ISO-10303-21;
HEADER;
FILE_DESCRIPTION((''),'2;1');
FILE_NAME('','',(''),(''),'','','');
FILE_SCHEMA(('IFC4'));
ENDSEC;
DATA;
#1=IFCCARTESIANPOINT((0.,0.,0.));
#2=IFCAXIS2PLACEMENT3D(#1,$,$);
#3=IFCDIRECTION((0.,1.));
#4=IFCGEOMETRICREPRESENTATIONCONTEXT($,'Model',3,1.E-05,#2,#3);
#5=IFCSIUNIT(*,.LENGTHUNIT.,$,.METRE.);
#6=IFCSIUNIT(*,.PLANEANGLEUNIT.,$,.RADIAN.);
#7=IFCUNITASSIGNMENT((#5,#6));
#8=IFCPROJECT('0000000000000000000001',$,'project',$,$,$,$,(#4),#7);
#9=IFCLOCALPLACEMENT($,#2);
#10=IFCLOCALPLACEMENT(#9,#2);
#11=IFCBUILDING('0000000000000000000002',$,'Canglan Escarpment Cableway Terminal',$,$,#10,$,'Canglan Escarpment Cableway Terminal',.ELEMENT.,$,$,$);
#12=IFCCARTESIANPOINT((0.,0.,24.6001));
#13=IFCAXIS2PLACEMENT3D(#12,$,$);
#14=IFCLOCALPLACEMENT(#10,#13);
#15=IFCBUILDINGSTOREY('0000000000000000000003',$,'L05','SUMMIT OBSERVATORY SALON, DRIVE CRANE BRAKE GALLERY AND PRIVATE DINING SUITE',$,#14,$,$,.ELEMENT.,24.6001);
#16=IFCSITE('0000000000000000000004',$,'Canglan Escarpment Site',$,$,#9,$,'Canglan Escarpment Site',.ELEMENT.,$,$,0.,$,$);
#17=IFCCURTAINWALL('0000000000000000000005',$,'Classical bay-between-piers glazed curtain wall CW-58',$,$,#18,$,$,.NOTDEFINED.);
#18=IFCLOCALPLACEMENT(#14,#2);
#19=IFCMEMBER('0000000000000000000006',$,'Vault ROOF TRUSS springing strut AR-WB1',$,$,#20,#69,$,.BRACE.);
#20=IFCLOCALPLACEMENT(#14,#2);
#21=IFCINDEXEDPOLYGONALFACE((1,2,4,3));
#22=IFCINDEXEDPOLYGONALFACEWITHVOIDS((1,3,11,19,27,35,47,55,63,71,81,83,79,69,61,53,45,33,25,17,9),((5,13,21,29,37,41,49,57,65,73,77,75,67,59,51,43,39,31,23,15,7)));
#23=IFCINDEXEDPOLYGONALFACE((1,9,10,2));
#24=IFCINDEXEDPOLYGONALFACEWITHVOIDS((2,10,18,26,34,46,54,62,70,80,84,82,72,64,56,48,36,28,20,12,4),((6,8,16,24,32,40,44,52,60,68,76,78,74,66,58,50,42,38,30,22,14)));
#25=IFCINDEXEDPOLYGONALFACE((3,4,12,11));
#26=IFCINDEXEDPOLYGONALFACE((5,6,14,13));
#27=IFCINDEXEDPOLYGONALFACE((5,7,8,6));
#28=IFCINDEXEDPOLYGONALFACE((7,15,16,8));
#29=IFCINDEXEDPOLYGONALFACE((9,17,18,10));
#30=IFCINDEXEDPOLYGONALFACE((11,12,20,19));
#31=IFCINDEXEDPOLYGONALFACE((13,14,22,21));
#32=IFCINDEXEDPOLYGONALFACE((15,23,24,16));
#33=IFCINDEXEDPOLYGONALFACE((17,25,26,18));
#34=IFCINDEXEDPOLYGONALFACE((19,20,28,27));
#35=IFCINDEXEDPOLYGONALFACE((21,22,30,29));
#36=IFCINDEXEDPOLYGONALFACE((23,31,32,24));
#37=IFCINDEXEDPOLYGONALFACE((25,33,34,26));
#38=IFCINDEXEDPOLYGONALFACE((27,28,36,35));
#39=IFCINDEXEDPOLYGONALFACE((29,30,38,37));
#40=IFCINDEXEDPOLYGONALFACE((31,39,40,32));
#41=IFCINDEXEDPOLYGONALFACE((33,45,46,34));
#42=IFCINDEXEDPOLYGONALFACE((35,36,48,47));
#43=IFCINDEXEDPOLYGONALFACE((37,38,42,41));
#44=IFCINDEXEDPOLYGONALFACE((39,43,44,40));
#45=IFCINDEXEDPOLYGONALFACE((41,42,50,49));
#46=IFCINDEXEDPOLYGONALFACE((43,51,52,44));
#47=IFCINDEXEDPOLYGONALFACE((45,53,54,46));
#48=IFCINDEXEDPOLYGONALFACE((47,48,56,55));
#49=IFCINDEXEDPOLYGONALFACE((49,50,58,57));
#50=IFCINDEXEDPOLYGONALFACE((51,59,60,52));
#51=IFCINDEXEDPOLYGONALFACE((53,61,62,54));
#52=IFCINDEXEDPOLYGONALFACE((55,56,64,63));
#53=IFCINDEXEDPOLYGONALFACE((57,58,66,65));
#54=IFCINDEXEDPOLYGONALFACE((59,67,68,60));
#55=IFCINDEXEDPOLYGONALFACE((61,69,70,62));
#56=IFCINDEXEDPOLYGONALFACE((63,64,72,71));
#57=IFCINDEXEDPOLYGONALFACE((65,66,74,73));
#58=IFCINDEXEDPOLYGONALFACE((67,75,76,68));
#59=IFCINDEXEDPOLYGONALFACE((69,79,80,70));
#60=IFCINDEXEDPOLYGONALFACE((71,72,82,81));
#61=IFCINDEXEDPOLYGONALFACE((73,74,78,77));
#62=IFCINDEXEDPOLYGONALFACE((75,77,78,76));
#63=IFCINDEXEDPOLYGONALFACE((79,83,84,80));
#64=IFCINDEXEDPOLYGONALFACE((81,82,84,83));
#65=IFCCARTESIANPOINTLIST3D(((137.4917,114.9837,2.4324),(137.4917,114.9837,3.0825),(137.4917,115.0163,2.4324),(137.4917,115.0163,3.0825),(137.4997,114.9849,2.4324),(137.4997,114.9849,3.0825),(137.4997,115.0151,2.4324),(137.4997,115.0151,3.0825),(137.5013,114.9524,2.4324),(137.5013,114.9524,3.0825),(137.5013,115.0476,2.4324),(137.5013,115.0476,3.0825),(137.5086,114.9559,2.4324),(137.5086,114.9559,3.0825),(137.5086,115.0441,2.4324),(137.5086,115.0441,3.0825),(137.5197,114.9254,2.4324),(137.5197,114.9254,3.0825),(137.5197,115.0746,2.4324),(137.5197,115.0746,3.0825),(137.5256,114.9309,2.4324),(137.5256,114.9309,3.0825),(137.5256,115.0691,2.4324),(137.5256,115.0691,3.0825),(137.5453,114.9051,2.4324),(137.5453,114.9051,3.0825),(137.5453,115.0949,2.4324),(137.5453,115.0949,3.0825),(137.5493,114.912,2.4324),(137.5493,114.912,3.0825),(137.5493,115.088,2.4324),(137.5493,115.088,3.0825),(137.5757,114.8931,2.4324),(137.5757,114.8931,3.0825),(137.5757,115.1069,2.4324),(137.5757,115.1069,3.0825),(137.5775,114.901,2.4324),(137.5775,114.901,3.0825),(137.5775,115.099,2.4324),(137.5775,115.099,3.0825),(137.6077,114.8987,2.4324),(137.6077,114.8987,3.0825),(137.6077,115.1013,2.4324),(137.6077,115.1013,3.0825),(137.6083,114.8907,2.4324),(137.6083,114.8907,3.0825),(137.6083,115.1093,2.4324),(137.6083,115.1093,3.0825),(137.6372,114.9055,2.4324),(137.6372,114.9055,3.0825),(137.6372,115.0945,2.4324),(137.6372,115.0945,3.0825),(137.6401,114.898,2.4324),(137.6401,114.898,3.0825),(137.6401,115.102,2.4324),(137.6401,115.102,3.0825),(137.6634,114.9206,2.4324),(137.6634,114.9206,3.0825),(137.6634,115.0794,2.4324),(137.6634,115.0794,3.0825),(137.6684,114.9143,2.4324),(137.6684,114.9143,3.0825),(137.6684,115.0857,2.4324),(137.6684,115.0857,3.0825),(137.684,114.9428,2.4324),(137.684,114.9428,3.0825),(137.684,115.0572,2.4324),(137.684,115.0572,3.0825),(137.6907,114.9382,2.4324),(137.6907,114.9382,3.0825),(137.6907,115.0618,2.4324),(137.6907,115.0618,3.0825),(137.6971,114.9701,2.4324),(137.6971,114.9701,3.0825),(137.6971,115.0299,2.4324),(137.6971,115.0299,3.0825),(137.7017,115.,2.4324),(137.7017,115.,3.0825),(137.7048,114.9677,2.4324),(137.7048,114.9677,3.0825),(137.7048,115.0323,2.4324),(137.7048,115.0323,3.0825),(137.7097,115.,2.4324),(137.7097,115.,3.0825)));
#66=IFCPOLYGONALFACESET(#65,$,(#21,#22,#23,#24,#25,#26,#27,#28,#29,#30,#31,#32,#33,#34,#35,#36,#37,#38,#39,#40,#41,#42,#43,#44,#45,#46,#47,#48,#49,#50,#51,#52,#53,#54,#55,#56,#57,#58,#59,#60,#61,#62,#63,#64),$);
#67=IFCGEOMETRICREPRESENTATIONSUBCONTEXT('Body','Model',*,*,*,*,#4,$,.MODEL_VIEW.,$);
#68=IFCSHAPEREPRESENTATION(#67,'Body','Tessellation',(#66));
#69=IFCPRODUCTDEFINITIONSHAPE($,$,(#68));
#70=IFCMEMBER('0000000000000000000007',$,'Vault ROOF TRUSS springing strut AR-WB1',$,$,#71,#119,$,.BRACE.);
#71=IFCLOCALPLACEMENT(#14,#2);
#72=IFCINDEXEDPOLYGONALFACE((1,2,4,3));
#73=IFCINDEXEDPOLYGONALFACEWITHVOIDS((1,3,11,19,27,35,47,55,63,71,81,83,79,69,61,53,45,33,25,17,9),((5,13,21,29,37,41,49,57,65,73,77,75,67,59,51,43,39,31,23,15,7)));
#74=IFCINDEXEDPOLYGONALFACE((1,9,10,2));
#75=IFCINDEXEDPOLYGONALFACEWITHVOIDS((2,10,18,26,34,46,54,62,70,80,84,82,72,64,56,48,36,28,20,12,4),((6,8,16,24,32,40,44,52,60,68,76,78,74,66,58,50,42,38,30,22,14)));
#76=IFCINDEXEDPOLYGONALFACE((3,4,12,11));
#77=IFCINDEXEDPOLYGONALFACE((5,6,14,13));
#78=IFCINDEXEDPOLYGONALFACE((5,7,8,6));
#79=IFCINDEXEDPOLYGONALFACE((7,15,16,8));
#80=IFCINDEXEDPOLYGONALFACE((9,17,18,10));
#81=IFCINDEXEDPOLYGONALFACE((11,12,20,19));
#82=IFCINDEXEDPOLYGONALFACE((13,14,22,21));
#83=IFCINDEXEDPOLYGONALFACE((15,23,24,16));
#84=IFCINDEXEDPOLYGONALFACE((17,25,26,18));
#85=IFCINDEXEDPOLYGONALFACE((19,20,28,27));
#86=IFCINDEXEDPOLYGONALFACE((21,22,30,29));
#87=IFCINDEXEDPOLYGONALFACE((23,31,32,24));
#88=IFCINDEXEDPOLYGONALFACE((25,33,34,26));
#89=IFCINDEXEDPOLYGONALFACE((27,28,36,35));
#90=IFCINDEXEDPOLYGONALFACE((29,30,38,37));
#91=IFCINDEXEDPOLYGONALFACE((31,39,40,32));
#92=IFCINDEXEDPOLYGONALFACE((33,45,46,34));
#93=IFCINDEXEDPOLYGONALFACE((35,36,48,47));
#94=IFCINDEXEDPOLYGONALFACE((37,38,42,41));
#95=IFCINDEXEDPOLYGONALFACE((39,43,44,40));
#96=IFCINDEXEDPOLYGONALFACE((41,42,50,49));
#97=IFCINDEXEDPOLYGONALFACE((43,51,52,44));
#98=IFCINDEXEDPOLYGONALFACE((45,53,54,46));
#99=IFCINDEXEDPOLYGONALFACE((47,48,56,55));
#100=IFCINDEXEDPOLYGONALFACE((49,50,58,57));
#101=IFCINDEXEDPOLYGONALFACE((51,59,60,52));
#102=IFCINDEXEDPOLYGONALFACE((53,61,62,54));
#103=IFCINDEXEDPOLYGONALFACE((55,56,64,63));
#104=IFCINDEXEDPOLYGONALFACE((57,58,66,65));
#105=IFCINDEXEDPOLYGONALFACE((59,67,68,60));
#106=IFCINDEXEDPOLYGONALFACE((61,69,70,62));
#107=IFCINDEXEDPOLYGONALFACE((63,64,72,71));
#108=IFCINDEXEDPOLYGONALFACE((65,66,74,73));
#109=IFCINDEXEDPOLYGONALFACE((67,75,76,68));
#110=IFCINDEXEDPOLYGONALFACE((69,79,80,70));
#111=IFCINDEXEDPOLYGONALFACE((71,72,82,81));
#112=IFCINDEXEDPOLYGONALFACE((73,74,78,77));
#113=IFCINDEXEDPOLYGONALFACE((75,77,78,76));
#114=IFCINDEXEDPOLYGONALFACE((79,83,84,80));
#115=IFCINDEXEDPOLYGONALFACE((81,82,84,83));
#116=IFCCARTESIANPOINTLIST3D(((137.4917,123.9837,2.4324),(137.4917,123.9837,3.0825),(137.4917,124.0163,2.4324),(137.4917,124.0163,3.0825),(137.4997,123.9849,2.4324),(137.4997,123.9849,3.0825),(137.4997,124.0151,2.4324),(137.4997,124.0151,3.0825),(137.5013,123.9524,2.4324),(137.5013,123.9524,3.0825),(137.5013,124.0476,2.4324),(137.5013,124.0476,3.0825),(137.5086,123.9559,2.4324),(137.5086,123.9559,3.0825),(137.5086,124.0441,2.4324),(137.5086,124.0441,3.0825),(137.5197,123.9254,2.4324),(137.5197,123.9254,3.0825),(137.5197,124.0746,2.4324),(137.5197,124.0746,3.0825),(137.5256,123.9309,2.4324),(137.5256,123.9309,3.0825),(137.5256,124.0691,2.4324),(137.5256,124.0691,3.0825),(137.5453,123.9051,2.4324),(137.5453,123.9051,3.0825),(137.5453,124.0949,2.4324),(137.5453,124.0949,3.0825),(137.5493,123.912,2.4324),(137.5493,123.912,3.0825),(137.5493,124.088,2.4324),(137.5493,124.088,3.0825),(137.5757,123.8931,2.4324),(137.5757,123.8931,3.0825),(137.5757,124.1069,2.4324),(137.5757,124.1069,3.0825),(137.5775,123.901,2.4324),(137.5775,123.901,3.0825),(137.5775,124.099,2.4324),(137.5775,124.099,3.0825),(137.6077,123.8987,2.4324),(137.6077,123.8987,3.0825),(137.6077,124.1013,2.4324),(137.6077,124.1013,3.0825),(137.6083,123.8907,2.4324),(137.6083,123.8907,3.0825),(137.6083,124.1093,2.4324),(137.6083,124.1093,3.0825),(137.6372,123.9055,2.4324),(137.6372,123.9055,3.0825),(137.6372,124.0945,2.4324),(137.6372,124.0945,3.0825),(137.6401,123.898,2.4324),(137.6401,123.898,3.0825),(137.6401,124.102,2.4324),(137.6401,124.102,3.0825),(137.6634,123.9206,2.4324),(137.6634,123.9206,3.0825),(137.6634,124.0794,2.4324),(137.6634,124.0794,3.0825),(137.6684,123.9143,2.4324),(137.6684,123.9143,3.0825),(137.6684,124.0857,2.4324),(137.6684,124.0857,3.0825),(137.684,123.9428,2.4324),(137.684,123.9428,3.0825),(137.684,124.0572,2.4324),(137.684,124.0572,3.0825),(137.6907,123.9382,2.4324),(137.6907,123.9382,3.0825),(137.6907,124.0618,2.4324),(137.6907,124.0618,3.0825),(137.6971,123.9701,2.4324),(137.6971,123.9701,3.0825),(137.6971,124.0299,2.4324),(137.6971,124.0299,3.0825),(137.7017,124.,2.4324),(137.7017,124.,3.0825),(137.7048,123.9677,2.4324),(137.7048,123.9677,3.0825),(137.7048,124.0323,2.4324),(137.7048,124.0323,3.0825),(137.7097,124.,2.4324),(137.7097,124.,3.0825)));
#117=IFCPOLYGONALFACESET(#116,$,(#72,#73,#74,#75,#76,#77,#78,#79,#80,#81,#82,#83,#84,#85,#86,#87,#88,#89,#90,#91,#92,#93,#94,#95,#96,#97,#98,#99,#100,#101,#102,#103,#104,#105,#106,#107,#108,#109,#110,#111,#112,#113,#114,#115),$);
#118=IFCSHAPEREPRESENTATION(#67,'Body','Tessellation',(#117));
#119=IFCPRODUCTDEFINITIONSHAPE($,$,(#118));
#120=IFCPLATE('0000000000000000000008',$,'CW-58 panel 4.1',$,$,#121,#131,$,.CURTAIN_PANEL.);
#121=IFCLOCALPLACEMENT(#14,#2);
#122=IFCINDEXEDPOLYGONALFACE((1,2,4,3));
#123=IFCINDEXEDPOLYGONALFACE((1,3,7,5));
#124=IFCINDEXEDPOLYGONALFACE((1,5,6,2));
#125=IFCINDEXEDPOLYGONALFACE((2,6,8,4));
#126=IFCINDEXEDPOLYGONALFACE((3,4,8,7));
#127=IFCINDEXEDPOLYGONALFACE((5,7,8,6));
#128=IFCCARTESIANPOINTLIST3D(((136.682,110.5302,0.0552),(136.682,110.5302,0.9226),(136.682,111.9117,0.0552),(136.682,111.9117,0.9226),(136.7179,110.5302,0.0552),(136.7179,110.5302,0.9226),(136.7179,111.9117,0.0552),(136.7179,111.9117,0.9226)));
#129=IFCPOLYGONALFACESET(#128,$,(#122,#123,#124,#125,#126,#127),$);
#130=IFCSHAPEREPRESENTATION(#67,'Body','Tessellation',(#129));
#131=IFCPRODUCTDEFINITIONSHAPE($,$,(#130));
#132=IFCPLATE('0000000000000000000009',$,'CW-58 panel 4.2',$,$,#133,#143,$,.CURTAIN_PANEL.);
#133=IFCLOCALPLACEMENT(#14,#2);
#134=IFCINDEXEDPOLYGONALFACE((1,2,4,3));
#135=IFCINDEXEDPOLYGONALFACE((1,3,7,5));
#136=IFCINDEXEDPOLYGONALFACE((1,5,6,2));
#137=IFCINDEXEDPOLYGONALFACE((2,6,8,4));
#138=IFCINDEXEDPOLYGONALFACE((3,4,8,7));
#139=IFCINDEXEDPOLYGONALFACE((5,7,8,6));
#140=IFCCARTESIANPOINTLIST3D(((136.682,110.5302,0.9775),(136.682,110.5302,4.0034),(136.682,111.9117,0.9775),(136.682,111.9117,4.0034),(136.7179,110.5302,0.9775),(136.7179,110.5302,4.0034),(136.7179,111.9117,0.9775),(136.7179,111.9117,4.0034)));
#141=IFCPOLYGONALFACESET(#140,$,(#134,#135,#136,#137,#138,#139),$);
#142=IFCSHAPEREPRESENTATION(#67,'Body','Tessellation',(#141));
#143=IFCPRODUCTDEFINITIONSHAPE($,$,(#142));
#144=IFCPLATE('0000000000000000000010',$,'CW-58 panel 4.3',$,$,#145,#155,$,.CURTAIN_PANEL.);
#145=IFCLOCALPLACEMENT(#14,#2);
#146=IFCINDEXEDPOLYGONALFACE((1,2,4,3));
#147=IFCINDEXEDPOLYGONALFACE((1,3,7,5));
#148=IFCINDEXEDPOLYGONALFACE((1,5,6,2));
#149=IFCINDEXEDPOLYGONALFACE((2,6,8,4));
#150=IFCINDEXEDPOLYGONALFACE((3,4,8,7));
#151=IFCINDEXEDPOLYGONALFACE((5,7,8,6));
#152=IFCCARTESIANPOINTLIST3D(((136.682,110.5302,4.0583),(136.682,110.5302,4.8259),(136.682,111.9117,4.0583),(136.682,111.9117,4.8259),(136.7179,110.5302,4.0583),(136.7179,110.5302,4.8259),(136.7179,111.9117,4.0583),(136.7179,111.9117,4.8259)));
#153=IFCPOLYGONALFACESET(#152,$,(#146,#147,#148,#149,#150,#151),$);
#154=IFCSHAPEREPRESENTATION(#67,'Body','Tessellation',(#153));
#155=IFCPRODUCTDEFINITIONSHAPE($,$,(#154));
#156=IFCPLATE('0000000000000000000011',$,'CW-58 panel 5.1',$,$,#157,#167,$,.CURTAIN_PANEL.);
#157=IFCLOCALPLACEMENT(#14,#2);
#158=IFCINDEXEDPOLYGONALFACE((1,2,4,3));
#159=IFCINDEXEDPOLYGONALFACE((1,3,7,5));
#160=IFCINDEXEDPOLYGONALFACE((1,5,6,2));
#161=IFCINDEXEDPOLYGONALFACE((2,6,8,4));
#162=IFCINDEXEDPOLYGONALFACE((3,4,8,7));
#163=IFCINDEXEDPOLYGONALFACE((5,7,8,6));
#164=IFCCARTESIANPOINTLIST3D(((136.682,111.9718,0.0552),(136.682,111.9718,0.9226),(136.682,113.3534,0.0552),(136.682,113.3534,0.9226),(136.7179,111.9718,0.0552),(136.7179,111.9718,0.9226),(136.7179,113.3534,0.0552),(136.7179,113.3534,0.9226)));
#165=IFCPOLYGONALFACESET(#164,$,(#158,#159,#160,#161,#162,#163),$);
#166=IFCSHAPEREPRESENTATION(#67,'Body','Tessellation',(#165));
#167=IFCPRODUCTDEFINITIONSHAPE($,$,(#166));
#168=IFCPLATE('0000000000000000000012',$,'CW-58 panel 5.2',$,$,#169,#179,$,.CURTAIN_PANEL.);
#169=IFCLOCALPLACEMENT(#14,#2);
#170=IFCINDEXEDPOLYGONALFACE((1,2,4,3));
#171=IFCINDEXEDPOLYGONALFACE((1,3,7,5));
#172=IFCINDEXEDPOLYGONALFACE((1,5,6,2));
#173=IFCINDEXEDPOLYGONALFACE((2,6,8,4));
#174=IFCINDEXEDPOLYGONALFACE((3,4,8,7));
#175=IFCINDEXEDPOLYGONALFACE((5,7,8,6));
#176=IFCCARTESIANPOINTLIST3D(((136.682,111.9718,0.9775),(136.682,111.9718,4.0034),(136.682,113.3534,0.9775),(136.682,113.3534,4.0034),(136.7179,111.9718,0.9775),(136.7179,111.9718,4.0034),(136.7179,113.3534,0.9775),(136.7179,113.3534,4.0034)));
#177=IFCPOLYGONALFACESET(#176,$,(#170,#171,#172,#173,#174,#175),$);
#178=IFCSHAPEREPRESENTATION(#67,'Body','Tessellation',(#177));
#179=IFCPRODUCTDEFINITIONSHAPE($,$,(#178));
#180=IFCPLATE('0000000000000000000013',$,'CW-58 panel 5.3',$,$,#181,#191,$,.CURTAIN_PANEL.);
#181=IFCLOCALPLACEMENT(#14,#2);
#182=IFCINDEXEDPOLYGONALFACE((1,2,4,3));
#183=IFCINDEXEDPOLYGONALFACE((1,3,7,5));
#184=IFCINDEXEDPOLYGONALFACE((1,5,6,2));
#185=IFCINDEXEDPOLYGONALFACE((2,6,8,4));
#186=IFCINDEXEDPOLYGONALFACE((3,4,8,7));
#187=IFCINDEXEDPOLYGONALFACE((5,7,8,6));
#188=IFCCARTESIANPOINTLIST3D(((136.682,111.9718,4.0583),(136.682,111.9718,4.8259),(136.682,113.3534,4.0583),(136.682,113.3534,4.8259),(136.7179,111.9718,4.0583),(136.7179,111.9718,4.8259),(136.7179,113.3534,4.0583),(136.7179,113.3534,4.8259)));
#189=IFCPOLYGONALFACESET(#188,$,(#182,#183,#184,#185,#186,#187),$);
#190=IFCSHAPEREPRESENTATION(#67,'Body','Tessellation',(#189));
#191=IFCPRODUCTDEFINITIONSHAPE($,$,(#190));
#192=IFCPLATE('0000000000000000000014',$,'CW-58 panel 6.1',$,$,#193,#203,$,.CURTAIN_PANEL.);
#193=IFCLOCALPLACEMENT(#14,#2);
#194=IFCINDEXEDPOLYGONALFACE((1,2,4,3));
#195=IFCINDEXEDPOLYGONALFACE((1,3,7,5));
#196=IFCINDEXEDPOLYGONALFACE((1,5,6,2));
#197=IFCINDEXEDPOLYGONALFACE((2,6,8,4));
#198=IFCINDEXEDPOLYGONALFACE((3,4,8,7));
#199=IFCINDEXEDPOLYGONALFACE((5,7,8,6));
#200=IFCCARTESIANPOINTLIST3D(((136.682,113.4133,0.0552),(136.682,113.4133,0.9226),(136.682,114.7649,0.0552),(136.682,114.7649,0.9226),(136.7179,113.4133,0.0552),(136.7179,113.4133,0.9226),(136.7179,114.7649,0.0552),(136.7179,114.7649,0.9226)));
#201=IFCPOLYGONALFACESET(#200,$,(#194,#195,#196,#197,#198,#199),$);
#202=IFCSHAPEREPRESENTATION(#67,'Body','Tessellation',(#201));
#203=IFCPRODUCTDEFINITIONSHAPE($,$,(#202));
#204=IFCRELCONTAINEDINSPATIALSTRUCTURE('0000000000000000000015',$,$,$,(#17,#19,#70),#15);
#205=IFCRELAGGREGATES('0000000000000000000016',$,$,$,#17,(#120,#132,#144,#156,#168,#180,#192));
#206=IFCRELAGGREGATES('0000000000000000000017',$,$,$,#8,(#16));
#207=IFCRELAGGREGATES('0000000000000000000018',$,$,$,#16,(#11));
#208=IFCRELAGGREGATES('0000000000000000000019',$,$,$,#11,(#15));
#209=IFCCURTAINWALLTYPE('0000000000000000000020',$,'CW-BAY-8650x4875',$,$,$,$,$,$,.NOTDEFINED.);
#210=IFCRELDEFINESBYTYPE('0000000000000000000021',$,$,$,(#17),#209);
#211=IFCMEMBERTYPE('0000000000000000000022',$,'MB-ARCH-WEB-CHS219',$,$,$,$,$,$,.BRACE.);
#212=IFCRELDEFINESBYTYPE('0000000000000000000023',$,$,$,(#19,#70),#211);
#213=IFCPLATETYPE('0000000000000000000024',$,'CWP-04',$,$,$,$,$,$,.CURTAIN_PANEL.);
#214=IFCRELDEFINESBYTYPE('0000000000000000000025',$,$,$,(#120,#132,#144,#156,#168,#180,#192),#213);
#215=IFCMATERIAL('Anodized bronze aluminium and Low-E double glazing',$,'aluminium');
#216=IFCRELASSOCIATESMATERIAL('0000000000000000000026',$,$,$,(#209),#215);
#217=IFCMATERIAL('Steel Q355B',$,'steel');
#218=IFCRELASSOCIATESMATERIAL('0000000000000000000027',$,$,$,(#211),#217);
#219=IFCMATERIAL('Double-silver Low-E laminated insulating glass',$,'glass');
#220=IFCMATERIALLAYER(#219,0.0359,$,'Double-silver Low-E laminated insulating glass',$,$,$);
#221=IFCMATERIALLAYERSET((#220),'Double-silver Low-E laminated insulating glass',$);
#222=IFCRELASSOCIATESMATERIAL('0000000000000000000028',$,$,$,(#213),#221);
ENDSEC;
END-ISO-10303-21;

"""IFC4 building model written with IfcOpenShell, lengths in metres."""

from ifc_helpers import new_model, si_unit, direction, frame, origin, origin_2d, place, context, subcontext, project, spatial, rectangle, hollow_circle, extrude, material, layer, layer_set, material_profile, profile_set, type_object, element, aggregate, save


model = new_model("IFC4")

# Units and contexts
model_context = context("Model", 3, precision=1e-05, world=origin(), true_north=direction((0.0, 1.0)))
body_context = subcontext(model_context, "Body", "Model", "MODEL_VIEW")
ifc_project = project(units=[si_unit("LENGTHUNIT", "METRE"), si_unit("PLANEANGLEUNIT", "RADIAN")], contexts=[model_context])

# Site, building, storey
site_placement = place(None, origin())
site = spatial("IfcSite", under=ifc_project, at=site_placement, Name="Canglan Escarpment Site", LongName="Canglan Escarpment Site", CompositionType="ELEMENT", RefElevation=0.0)
building_placement = place(site_placement, origin())
building = spatial("IfcBuilding", under=site, at=building_placement, Name="Canglan Escarpment Cableway Terminal", LongName="Canglan Escarpment Cableway Terminal", CompositionType="ELEMENT")
storey_placement = place(building_placement, frame((0.0, 0.0, 24.6001)))
storey = spatial("IfcBuildingStorey", under=building, at=storey_placement, Name="L05", Description="SUMMIT OBSERVATORY SALON, DRIVE CRANE BRAKE GALLERY AND PRIVATE DINING SUITE", CompositionType="ELEMENT", Elevation=24.6001)

# Shared definitions
ifc_material_1 = material(Name="Steel Q355B", Category="steel")

# Curtain wall
ifc_material_2 = material(Name="Anodized bronze aluminium and Low-E double glazing", Category="aluminium")
curtain_wall_type = type_object("IfcCurtainWallType", Name="CW-BAY-8650x4875", PredefinedType="NOTDEFINED", material=ifc_material_2)
curtain_wall_placement = place(storey_placement, origin())
curtain_wall = element("IfcCurtainWall", 1, at=curtain_wall_placement, inside=storey, type_object=curtain_wall_type, Name="Classical bay-between-piers glazed curtain wall CW-58", PredefinedType="NOTDEFINED")

# Members
ifc_material_profile_1 = material_profile(ifc_material_1, hollow_circle(Radius=0.1096, WallThickness=0.0081, at=origin_2d()), Name="CHS 219.1x8")
ifc_profile_set_1 = profile_set([ifc_material_profile_1], Name="Steel Q355B")
member_type_1 = type_object("IfcMemberType", Name="MB-ARCH-WEB-CHS219", PredefinedType="BRACE", material=ifc_profile_set_1)
for number, where, z_axis, x_axis, name in (
    (2, (137.6001, 115.0, 2.4324), (0.0, 0.0, 1.0), (1.0, 0.0, 0.0), "Vault ROOF TRUSS springing strut AR-WB1"),
    (3, (137.6001, 124.0, 2.4324), (0.0, 0.0, 1.0), (1.0, 0.0, 0.0), "Vault ROOF TRUSS springing strut AR-WB1"),
):
    element("IfcMember", number, at=place(storey_placement, frame(where, z_axis=z_axis, x_axis=x_axis)), inside=storey, type_object=member_type_1, Name=name, PredefinedType="BRACE", context=body_context, shape_type="SweptSolid", body=[
        extrude(hollow_circle(Radius=0.1096, WallThickness=0.0081, at=origin_2d()), origin(), (0.0, 0.0, 1.0), 0.6501),
    ])

# Plates
ifc_material_3 = material(Name="Double-silver Low-E laminated insulating glass", Category="glass")
ifc_layer_1 = layer(ifc_material_3, 0.0359, Name="Double-silver Low-E laminated insulating glass")
ifc_layer_set_1 = layer_set([ifc_layer_1], Name="Double-silver Low-E laminated insulating glass")
plate_type_1 = type_object("IfcPlateType", Name="CWP-04", PredefinedType="CURTAIN_PANEL", material=ifc_layer_set_1)
plate_1_placement = place(storey_placement, frame((136.7, 111.2209, 0.0552), z_axis=(0.0, 0.0, 1.0), x_axis=(0.0, 1.0, 0.0)))
plate_1 = element("IfcPlate", 4, at=plate_1_placement, type_object=plate_type_1, Name="CW-58 panel 4.1", PredefinedType="CURTAIN_PANEL", context=body_context, shape_type="SweptSolid", body=[
    extrude(rectangle(XDim=1.3816, YDim=0.0359, at=origin_2d()), origin(), (0.0, 0.0, 1.0), 0.8674),
])
plate_2_placement = place(storey_placement, frame((136.7, 111.2209, 0.9775), z_axis=(0.0, 0.0, 1.0), x_axis=(0.0, 1.0, 0.0)))
plate_2 = element("IfcPlate", 5, at=plate_2_placement, type_object=plate_type_1, Name="CW-58 panel 4.2", PredefinedType="CURTAIN_PANEL", context=body_context, shape_type="SweptSolid", body=[
    extrude(rectangle(XDim=1.3816, YDim=0.0359, at=origin_2d()), origin(), (0.0, 0.0, 1.0), 3.0259),
])
plate_3_placement = place(storey_placement, frame((136.7, 111.2209, 4.0583), z_axis=(0.0, 0.0, 1.0), x_axis=(0.0, 1.0, 0.0)))
plate_3 = element("IfcPlate", 6, at=plate_3_placement, type_object=plate_type_1, Name="CW-58 panel 4.3", PredefinedType="CURTAIN_PANEL", context=body_context, shape_type="SweptSolid", body=[
    extrude(rectangle(XDim=1.3816, YDim=0.0359, at=origin_2d()), origin(), (0.0, 0.0, 1.0), 0.7676),
])
plate_4_placement = place(storey_placement, frame((136.7, 112.6626, 0.0552), z_axis=(0.0, 0.0, 1.0), x_axis=(0.0, 1.0, 0.0)))
plate_4 = element("IfcPlate", 7, at=plate_4_placement, type_object=plate_type_1, Name="CW-58 panel 5.1", PredefinedType="CURTAIN_PANEL", context=body_context, shape_type="SweptSolid", body=[
    extrude(rectangle(XDim=1.3816, YDim=0.0359, at=origin_2d()), origin(), (0.0, 0.0, 1.0), 0.8674),
])
plate_5_placement = place(storey_placement, frame((136.7, 112.6626, 0.9775), z_axis=(0.0, 0.0, 1.0), x_axis=(0.0, 1.0, 0.0)))
plate_5 = element("IfcPlate", 8, at=plate_5_placement, type_object=plate_type_1, Name="CW-58 panel 5.2", PredefinedType="CURTAIN_PANEL", context=body_context, shape_type="SweptSolid", body=[
    extrude(rectangle(XDim=1.3816, YDim=0.0359, at=origin_2d()), origin(), (0.0, 0.0, 1.0), 3.0259),
])
plate_6_placement = place(storey_placement, frame((136.7, 112.6626, 4.0583), z_axis=(0.0, 0.0, 1.0), x_axis=(0.0, 1.0, 0.0)))
plate_6 = element("IfcPlate", 9, at=plate_6_placement, type_object=plate_type_1, Name="CW-58 panel 5.3", PredefinedType="CURTAIN_PANEL", context=body_context, shape_type="SweptSolid", body=[
    extrude(rectangle(XDim=1.3816, YDim=0.0359, at=origin_2d()), origin(), (0.0, 0.0, 1.0), 0.7676),
])
plate_7_placement = place(storey_placement, frame((136.7, 114.0891, 0.0552), z_axis=(0.0, 0.0, 1.0), x_axis=(0.0, 1.0, 0.0)))
plate_7 = element("IfcPlate", 10, at=plate_7_placement, type_object=plate_type_1, Name="CW-58 panel 6.1", PredefinedType="CURTAIN_PANEL", context=body_context, shape_type="SweptSolid", body=[
    extrude(rectangle(XDim=1.3516, YDim=0.0359, at=origin_2d()), origin(), (0.0, 0.0, 1.0), 0.8674),
])
aggregate(curtain_wall, [plate_1, plate_2, plate_3, plate_4, plate_5, plate_6, plate_7])

save(model, "model.ifc")
